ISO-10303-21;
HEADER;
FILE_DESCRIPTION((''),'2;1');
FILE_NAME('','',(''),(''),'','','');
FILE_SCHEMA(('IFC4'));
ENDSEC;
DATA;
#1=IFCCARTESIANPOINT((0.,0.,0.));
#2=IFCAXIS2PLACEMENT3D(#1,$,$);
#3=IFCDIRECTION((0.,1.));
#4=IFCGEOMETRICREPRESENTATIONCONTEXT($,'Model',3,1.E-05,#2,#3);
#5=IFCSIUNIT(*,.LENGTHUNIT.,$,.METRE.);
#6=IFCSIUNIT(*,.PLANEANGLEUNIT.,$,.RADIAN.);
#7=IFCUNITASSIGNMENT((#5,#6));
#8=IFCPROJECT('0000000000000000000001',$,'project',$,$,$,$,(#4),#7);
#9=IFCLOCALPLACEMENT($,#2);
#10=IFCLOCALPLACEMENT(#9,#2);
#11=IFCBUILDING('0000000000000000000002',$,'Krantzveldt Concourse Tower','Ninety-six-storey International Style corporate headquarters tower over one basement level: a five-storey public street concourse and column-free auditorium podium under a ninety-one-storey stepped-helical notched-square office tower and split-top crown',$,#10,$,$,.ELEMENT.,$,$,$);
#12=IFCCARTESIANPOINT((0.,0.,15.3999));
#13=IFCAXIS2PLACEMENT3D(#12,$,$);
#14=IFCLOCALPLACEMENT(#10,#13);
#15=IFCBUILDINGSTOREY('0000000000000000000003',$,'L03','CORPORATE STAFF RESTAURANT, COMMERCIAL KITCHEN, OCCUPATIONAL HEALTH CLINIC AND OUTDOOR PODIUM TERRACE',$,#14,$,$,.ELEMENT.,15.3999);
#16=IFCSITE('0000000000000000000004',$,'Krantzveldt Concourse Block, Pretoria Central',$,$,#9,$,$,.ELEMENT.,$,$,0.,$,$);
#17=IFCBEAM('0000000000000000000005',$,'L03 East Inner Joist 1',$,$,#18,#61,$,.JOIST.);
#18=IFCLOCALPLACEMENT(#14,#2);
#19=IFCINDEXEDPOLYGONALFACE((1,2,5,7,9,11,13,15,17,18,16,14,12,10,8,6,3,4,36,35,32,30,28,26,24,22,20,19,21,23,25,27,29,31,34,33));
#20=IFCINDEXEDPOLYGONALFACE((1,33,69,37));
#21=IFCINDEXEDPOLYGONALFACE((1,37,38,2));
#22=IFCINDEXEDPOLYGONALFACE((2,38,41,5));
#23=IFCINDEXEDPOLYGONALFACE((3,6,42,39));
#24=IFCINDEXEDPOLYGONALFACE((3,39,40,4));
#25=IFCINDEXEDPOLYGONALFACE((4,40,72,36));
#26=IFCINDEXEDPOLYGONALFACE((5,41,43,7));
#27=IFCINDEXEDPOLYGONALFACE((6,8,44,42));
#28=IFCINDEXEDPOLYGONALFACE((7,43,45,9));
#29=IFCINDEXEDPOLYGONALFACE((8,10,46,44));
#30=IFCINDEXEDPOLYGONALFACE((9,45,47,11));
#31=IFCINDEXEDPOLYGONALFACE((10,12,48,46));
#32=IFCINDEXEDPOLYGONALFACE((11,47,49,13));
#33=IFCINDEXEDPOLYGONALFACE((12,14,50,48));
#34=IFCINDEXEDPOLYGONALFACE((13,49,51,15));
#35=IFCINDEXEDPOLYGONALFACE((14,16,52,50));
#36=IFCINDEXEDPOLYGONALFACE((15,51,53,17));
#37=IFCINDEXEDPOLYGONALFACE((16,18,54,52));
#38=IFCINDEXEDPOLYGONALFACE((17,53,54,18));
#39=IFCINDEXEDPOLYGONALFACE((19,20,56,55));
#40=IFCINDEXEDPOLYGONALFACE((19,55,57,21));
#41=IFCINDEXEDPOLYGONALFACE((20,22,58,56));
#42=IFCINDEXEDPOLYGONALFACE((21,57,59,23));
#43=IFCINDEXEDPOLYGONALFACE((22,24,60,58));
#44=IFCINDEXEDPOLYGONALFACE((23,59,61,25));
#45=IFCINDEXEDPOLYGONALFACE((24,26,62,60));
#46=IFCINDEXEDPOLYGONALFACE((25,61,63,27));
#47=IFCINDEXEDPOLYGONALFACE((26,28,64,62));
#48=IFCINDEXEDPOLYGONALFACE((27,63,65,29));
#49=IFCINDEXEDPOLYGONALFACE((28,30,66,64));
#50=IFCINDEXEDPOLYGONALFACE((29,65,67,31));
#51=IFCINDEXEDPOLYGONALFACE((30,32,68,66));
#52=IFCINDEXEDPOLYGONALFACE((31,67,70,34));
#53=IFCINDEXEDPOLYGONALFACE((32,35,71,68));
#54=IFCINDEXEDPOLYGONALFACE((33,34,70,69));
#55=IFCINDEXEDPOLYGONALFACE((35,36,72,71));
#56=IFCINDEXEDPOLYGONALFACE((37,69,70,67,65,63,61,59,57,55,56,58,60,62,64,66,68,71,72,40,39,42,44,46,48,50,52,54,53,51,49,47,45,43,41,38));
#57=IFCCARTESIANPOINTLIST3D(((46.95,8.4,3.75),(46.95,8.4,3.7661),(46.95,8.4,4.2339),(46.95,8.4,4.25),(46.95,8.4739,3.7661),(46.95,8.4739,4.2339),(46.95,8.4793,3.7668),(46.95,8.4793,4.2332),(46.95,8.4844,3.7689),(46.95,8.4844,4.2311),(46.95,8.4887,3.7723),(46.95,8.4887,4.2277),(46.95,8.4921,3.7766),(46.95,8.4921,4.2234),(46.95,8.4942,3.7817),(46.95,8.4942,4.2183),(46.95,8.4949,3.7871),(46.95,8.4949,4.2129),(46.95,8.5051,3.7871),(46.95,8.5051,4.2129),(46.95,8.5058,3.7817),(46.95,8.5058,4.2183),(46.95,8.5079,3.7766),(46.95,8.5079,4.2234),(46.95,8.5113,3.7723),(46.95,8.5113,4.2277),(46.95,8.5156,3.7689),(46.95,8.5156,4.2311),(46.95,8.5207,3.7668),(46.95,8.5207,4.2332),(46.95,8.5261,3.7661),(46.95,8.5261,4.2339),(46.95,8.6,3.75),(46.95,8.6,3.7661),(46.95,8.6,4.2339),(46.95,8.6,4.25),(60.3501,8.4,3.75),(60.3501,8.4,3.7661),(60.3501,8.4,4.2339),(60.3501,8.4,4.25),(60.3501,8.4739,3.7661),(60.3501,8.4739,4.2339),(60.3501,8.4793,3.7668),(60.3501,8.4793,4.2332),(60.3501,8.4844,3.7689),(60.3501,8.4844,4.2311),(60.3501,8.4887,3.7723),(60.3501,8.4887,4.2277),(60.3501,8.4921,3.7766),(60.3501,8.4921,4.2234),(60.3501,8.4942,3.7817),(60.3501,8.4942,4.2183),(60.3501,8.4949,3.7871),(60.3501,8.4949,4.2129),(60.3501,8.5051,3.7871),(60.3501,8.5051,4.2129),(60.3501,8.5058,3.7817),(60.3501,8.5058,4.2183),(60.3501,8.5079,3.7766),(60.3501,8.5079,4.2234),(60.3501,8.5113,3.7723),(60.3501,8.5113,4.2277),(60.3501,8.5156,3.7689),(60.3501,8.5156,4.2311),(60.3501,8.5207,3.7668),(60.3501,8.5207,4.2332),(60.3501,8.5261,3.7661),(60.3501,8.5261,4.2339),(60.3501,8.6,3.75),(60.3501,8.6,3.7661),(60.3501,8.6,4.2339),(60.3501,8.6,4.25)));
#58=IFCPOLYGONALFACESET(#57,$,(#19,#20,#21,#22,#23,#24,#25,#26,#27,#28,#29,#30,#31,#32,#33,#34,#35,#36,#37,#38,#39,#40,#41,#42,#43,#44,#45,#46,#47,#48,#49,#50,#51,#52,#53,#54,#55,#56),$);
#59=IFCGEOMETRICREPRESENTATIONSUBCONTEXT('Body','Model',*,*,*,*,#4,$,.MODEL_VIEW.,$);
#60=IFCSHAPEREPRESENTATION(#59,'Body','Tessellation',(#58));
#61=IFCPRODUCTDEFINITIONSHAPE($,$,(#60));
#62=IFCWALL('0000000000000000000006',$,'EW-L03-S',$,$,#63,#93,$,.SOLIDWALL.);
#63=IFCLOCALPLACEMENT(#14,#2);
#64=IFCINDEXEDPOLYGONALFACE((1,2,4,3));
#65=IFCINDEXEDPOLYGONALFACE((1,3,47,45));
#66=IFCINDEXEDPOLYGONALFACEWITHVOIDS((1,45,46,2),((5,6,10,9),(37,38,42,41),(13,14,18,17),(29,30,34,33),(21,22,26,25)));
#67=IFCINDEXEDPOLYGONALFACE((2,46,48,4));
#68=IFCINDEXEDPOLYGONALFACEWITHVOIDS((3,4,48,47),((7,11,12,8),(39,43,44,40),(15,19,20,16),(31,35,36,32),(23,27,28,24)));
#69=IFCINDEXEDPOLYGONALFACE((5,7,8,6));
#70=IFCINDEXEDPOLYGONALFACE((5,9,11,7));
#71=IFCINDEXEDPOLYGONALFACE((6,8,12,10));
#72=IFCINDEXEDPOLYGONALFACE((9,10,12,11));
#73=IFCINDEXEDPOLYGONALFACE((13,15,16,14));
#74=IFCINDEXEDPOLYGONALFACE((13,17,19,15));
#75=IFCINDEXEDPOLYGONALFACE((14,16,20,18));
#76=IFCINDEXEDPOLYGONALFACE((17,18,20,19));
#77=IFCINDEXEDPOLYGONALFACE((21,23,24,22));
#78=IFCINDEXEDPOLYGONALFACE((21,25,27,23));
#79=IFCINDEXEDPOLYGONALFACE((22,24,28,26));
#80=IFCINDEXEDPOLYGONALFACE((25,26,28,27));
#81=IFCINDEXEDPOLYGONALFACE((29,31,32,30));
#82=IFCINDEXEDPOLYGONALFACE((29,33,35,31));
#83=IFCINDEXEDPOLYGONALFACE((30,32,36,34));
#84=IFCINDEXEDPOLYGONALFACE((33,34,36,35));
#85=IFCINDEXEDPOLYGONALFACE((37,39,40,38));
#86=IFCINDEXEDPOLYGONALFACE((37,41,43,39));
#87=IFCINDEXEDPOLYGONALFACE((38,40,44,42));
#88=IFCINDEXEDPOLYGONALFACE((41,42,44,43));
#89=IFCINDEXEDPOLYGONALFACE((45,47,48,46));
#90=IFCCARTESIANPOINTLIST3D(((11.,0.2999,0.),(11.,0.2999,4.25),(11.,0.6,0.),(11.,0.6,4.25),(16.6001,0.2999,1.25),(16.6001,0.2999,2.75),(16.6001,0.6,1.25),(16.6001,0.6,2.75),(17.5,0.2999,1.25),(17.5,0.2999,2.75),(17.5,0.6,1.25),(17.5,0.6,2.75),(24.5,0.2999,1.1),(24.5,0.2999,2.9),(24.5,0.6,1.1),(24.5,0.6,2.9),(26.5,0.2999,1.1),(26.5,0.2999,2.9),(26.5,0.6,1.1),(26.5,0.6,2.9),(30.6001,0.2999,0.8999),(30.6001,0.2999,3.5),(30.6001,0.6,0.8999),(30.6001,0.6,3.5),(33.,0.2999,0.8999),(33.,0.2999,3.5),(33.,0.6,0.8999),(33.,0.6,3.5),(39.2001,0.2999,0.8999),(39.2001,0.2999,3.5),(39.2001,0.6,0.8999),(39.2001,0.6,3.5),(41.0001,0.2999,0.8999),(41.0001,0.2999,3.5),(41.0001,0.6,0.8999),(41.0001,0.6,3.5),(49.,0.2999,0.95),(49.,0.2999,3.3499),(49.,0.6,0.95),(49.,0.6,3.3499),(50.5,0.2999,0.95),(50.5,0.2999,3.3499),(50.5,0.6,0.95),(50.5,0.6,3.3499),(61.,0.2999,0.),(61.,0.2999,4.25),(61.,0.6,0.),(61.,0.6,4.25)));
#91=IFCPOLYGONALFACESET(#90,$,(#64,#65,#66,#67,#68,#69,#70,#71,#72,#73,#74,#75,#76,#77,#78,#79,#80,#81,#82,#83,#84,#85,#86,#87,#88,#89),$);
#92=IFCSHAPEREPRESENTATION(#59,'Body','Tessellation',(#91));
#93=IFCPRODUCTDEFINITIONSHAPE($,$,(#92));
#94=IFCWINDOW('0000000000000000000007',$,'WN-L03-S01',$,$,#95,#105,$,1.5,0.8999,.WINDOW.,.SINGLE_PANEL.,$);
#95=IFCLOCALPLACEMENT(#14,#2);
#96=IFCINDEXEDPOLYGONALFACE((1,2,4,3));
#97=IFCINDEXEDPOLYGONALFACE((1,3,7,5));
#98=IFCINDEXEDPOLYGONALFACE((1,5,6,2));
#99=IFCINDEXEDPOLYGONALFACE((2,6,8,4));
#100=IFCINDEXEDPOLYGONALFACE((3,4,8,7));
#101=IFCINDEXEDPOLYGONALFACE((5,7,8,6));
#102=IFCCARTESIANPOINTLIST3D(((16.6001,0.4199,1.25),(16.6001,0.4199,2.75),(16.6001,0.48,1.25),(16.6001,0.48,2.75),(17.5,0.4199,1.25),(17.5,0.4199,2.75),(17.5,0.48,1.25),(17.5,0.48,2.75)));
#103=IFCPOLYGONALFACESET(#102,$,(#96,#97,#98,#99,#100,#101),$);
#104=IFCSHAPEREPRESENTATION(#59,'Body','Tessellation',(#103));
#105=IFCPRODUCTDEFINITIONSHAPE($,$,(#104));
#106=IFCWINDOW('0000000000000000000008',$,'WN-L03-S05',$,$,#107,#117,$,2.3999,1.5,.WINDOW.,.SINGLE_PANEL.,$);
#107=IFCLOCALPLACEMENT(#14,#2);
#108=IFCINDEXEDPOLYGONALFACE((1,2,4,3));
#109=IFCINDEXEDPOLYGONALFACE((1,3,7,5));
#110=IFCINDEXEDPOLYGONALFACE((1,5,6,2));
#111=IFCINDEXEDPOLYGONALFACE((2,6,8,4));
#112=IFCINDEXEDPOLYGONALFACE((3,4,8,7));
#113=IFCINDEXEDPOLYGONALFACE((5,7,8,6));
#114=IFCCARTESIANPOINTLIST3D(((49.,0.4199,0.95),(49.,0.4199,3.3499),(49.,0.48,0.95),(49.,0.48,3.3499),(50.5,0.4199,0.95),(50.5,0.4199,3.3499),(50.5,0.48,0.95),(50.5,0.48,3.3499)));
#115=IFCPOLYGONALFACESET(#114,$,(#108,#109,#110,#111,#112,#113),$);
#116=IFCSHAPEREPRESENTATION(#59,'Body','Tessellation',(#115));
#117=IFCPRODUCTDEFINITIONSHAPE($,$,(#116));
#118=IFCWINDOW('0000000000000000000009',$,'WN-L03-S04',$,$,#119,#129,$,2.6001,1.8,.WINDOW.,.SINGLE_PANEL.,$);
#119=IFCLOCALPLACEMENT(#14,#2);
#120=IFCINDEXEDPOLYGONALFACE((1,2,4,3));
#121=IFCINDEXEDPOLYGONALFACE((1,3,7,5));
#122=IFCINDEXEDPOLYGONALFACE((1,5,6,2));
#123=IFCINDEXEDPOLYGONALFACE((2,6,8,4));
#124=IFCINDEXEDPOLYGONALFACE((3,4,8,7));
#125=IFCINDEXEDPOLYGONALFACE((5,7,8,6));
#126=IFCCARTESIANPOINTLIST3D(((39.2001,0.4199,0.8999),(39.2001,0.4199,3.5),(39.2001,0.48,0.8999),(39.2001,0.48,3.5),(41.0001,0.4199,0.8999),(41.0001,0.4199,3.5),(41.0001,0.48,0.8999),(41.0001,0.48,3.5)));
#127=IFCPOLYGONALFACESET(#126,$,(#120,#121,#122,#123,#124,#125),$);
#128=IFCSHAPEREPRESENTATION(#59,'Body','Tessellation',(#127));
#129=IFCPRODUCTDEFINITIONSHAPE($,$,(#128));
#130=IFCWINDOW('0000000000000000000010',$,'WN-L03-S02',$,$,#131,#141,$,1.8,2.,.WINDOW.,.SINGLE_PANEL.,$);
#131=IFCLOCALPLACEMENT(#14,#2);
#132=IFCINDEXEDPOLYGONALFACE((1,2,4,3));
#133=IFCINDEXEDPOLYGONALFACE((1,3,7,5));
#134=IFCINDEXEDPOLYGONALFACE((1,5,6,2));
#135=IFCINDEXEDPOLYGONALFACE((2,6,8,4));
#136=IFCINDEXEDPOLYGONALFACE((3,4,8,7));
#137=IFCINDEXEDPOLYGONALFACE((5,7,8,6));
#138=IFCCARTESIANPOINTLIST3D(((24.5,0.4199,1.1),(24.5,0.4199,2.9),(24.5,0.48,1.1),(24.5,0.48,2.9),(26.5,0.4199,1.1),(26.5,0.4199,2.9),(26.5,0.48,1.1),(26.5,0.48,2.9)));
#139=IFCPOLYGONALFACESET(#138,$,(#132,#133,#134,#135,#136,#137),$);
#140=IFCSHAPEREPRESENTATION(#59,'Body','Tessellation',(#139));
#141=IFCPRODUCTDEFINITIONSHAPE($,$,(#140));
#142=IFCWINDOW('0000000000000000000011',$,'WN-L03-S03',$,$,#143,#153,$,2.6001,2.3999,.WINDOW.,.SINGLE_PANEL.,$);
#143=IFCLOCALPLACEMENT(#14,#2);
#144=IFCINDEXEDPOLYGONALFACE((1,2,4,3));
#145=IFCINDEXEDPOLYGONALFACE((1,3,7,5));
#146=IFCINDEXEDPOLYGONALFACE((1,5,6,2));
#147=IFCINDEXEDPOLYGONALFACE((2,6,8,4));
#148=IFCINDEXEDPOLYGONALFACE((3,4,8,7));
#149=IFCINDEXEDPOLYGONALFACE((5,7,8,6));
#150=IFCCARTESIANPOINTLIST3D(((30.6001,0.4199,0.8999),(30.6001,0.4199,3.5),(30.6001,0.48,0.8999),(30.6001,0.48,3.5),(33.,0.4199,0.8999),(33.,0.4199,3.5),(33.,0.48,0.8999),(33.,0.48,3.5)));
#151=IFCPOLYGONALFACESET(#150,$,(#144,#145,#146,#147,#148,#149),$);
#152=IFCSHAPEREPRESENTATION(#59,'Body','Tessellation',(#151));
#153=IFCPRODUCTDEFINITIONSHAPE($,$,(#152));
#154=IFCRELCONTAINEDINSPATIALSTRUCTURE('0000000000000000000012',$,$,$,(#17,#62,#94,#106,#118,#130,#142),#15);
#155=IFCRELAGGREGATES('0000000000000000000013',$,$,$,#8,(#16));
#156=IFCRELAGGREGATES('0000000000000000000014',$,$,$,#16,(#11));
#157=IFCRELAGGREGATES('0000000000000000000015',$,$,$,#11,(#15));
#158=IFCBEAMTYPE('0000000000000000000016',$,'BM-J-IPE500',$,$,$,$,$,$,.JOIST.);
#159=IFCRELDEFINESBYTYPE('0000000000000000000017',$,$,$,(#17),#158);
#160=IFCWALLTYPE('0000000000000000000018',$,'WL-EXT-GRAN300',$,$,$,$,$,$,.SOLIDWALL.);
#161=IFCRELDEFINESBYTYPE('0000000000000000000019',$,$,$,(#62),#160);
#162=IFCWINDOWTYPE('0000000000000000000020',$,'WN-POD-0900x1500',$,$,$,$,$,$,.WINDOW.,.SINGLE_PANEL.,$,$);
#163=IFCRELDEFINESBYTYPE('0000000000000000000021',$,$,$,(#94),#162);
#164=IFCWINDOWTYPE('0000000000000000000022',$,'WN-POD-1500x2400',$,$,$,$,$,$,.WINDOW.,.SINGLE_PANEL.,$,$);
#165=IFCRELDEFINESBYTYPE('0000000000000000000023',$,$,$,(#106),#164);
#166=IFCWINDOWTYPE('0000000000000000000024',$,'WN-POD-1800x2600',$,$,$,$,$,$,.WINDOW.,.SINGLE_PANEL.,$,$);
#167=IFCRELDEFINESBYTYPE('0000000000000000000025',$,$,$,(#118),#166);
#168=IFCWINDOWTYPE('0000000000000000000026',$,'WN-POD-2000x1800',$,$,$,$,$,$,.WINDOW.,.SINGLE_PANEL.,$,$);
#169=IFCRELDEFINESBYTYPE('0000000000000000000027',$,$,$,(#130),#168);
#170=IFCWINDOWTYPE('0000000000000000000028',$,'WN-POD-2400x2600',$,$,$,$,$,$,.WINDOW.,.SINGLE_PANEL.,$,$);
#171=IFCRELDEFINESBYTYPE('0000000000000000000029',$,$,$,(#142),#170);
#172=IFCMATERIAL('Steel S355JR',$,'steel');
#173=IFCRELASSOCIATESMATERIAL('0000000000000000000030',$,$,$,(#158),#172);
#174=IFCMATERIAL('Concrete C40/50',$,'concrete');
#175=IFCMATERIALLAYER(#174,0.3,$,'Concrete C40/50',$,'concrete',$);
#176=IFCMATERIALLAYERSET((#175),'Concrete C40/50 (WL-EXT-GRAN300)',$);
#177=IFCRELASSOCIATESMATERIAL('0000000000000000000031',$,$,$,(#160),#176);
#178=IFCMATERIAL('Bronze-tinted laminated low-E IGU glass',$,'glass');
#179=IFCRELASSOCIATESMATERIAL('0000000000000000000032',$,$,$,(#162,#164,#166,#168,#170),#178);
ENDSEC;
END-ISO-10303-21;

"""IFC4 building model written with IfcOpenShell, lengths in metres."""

from ifc_helpers import new_model, si_unit, direction, frame, frame_2d, origin, origin_2d, place, context, subcontext, project, spatial, rectangle, i_section, extrude, source, transform, mapped, material, layer, layer_set, material_profile, profile_set, type_object, type_shapes, element, fill, save


model = new_model("IFC4")

# Units and contexts
model_context = context("Model", 3, precision=1e-05, world=origin(), true_north=direction((0.0, 1.0)))
body_context = subcontext(model_context, "Body", "Model", "MODEL_VIEW")
ifc_project = project(units=[si_unit("LENGTHUNIT", "METRE"), si_unit("PLANEANGLEUNIT", "RADIAN")], contexts=[model_context])

# Site, building, storey
site_placement = place(None, origin())
site = spatial("IfcSite", under=ifc_project, at=site_placement, Name="Krantzveldt Concourse Block, Pretoria Central", CompositionType="ELEMENT", RefElevation=0.0)
building_placement = place(site_placement, origin())
building = spatial("IfcBuilding", under=site, at=building_placement, Name="Krantzveldt Concourse Tower", Description="Ninety-six-storey International Style corporate headquarters tower over one basement level: a five-storey public street concourse and column-free auditorium podium under a ninety-one-storey stepped-helical notched-square office tower and split-top crown", CompositionType="ELEMENT")
storey_placement = place(building_placement, frame((0.0, 0.0, 15.3999)))
storey = spatial("IfcBuildingStorey", under=building, at=storey_placement, Name="L03", Description="CORPORATE STAFF RESTAURANT, COMMERCIAL KITCHEN, OCCUPATIONAL HEALTH CLINIC AND OUTDOOR PODIUM TERRACE", CompositionType="ELEMENT", Elevation=15.3999)

# Shared definitions
ifc_material_1 = material(Name="Concrete C40/50", Category="concrete")

# Beam
ifc_material_2 = material(Name="Steel S355JR", Category="steel")
ifc_material_profile_1 = material_profile(ifc_material_2, i_section(OverallWidth=0.2, OverallDepth=0.5, WebThickness=0.0103, FlangeThickness=0.0161, FilletRadius=0.021, at=origin_2d()), Name="Steel S355JR", Category="steel")
ifc_profile_set_1 = profile_set([ifc_material_profile_1], Name="Steel S355JR - IPE 500")
beam_type_1 = type_object("IfcBeamType", Name="BM-J-IPE500", PredefinedType="JOIST", material=ifc_profile_set_1)
shared_shape_1 = source(origin(), body_context, "Body", "SweptSolid", [
    extrude(i_section(OverallWidth=0.2, OverallDepth=0.5, WebThickness=0.0103, FlangeThickness=0.0161, FilletRadius=0.021, at=origin_2d()), origin(), (0.0, 0.0, 1.0), 13.4001),
])
type_shapes(beam_type_1, [shared_shape_1])
beam_1_placement = place(storey_placement, frame((46.95, 8.5, 4.0), z_axis=(1.0, 0.0, 0.0), x_axis=(0.0, 1.0, 0.0)))
element("IfcBeam", 1, at=beam_1_placement, inside=storey, type_object=beam_type_1, Name="L03 East Inner Joist 1", PredefinedType="JOIST", context=body_context, shape_type="MappedRepresentation", body=[
    mapped(shared_shape_1, transform((0.0, 0.0, 0.0), x_axis=(1.0, 0.0, 0.0), y_axis=(0.0, 1.0, 0.0), z_axis=(0.0, 0.0, 1.0), scale=1.0)),
])

# Wall, openings, windows
ifc_layer_1 = layer(ifc_material_1, 0.3, Name="Concrete C40/50", Category="concrete")
ifc_layer_set_1 = layer_set([ifc_layer_1], Name="Concrete C40/50 (WL-EXT-GRAN300)")
wall_type_1 = type_object("IfcWallType", Name="WL-EXT-GRAN300", PredefinedType="SOLIDWALL", material=ifc_layer_set_1)
wall_1_placement = place(storey_placement, frame((61.0, 0.45, 0.0), z_axis=(0.0, 0.0, 1.0), x_axis=(-1.0, 0.0, 0.0)))
wall_1 = element("IfcWall", 2, at=wall_1_placement, inside=storey, type_object=wall_type_1, Name="EW-L03-S", PredefinedType="SOLIDWALL", context=body_context, shape_type="SweptSolid", body=[
    extrude(rectangle(XDim=50.0, YDim=0.3, at=frame_2d((25.0, 0.0))), origin(), (0.0, 0.0, 1.0), 4.25),
])
opening_1_placement = place(wall_1_placement, frame((43.5, 0.0, 1.25)))
opening_1 = element("IfcOpeningElement", 3, at=opening_1_placement, cuts=wall_1, PredefinedType="OPENING", context=body_context, shape_type="SweptSolid", body=[
    extrude(rectangle(XDim=0.8999, YDim=1.5, at=frame_2d((0.45, 0.75))), frame((0.0, 0.1602, 0.0), z_axis=(0.0, -1.0, 0.0), x_axis=(1.0, 0.0, 0.0)), (0.0, 0.0, 1.0), 0.3201),
])
opening_2_placement = place(wall_1_placement, frame((34.5, 0.0, 1.1001)))
opening_2 = element("IfcOpeningElement", 4, at=opening_2_placement, cuts=wall_1, PredefinedType="OPENING", context=body_context, shape_type="SweptSolid", body=[
    extrude(rectangle(XDim=2.0, YDim=1.8, at=frame_2d((1.0, 0.8999))), frame((0.0, 0.1602, 0.0), z_axis=(0.0, -1.0, 0.0), x_axis=(1.0, 0.0, 0.0)), (0.0, 0.0, 1.0), 0.3201),
])
opening_3_placement = place(wall_1_placement, frame((28.0, 0.0, 0.8999)))
opening_3 = element("IfcOpeningElement", 5, at=opening_3_placement, cuts=wall_1, PredefinedType="OPENING", context=body_context, shape_type="SweptSolid", body=[
    extrude(rectangle(XDim=2.3999, YDim=2.6001, at=frame_2d((1.2, 1.3))), frame((0.0, 0.1602, 0.0), z_axis=(0.0, -1.0, 0.0), x_axis=(1.0, 0.0, 0.0)), (0.0, 0.0, 1.0), 0.3201),
])
opening_4_placement = place(wall_1_placement, frame((20.0, 0.0, 0.8999)))
opening_4 = element("IfcOpeningElement", 6, at=opening_4_placement, cuts=wall_1, PredefinedType="OPENING", context=body_context, shape_type="SweptSolid", body=[
    extrude(rectangle(XDim=1.8, YDim=2.6001, at=frame_2d((0.8999, 1.3))), frame((0.0, 0.1602, 0.0), z_axis=(0.0, -1.0, 0.0), x_axis=(1.0, 0.0, 0.0)), (0.0, 0.0, 1.0), 0.3201),
])
opening_5_placement = place(wall_1_placement, frame((10.5, 0.0, 0.95)))
opening_5 = element("IfcOpeningElement", 7, at=opening_5_placement, cuts=wall_1, PredefinedType="OPENING", context=body_context, shape_type="SweptSolid", body=[
    extrude(rectangle(XDim=1.5, YDim=2.3999, at=frame_2d((0.75, 1.2))), frame((0.0, 0.1602, 0.0), z_axis=(0.0, -1.0, 0.0), x_axis=(1.0, 0.0, 0.0)), (0.0, 0.0, 1.0), 0.3201),
])
ifc_material_3 = material(Name="Bronze-tinted laminated low-E IGU glass", Category="glass")
window_type_1 = type_object("IfcWindowType", Name="WN-POD-0900x1500", PartitioningType="SINGLE_PANEL", PredefinedType="WINDOW", material=ifc_material_3)
window_1_placement = place(opening_1_placement, origin())
window_1 = element("IfcWindow", 8, at=window_1_placement, inside=storey, type_object=window_type_1, Name="WN-L03-S01", OverallHeight=1.5, OverallWidth=0.8999, PartitioningType="SINGLE_PANEL", PredefinedType="WINDOW", context=body_context, shape_type="SweptSolid", body=[
    extrude(rectangle(XDim=0.8999, YDim=1.5, at=frame_2d((0.45, 0.75))), frame((0.0, 0.03, 0.0), z_axis=(0.0, -1.0, 0.0), x_axis=(1.0, 0.0, 0.0)), (0.0, 0.0, 1.0), 0.0601),
])
fill(opening_1, window_1)
window_type_2 = type_object("IfcWindowType", Name="WN-POD-1500x2400", PartitioningType="SINGLE_PANEL", PredefinedType="WINDOW", material=ifc_material_3)
window_2_placement = place(opening_5_placement, origin())
window_2 = element("IfcWindow", 9, at=window_2_placement, inside=storey, type_object=window_type_2, Name="WN-L03-S05", OverallHeight=2.3999, OverallWidth=1.5, PartitioningType="SINGLE_PANEL", PredefinedType="WINDOW", context=body_context, shape_type="SweptSolid", body=[
    extrude(rectangle(XDim=1.5, YDim=2.3999, at=frame_2d((0.75, 1.2))), frame((0.0, 0.03, 0.0), z_axis=(0.0, -1.0, 0.0), x_axis=(1.0, 0.0, 0.0)), (0.0, 0.0, 1.0), 0.0601),
])
fill(opening_5, window_2)
window_type_3 = type_object("IfcWindowType", Name="WN-POD-1800x2600", PartitioningType="SINGLE_PANEL", PredefinedType="WINDOW", material=ifc_material_3)
window_3_placement = place(opening_4_placement, origin())
window_3 = element("IfcWindow", 10, at=window_3_placement, inside=storey, type_object=window_type_3, Name="WN-L03-S04", OverallHeight=2.6001, OverallWidth=1.8, PartitioningType="SINGLE_PANEL", PredefinedType="WINDOW", context=body_context, shape_type="SweptSolid", body=[
    extrude(rectangle(XDim=1.8, YDim=2.6001, at=frame_2d((0.8999, 1.3))), frame((0.0, 0.03, 0.0), z_axis=(0.0, -1.0, 0.0), x_axis=(1.0, 0.0, 0.0)), (0.0, 0.0, 1.0), 0.0601),
])
fill(opening_4, window_3)
window_type_4 = type_object("IfcWindowType", Name="WN-POD-2000x1800", PartitioningType="SINGLE_PANEL", PredefinedType="WINDOW", material=ifc_material_3)
window_4_placement = place(opening_2_placement, origin())
window_4 = element("IfcWindow", 11, at=window_4_placement, inside=storey, type_object=window_type_4, Name="WN-L03-S02", OverallHeight=1.8, OverallWidth=2.0, PartitioningType="SINGLE_PANEL", PredefinedType="WINDOW", context=body_context, shape_type="SweptSolid", body=[
    extrude(rectangle(XDim=2.0, YDim=1.8, at=frame_2d((1.0, 0.8999))), frame((0.0, 0.03, 0.0), z_axis=(0.0, -1.0, 0.0), x_axis=(1.0, 0.0, 0.0)), (0.0, 0.0, 1.0), 0.0601),
])
fill(opening_2, window_4)
window_type_5 = type_object("IfcWindowType", Name="WN-POD-2400x2600", PartitioningType="SINGLE_PANEL", PredefinedType="WINDOW", material=ifc_material_3)
window_5_placement = place(opening_3_placement, origin())
window_5 = element("IfcWindow", 12, at=window_5_placement, inside=storey, type_object=window_type_5, Name="WN-L03-S03", OverallHeight=2.6001, OverallWidth=2.3999, PartitioningType="SINGLE_PANEL", PredefinedType="WINDOW", context=body_context, shape_type="SweptSolid", body=[
    extrude(rectangle(XDim=2.3999, YDim=2.6001, at=frame_2d((1.2, 1.3))), frame((0.0, 0.03, 0.0), z_axis=(0.0, -1.0, 0.0), x_axis=(1.0, 0.0, 0.0)), (0.0, 0.0, 1.0), 0.0601),
])
fill(opening_3, window_5)

save(model, "model.ifc")
